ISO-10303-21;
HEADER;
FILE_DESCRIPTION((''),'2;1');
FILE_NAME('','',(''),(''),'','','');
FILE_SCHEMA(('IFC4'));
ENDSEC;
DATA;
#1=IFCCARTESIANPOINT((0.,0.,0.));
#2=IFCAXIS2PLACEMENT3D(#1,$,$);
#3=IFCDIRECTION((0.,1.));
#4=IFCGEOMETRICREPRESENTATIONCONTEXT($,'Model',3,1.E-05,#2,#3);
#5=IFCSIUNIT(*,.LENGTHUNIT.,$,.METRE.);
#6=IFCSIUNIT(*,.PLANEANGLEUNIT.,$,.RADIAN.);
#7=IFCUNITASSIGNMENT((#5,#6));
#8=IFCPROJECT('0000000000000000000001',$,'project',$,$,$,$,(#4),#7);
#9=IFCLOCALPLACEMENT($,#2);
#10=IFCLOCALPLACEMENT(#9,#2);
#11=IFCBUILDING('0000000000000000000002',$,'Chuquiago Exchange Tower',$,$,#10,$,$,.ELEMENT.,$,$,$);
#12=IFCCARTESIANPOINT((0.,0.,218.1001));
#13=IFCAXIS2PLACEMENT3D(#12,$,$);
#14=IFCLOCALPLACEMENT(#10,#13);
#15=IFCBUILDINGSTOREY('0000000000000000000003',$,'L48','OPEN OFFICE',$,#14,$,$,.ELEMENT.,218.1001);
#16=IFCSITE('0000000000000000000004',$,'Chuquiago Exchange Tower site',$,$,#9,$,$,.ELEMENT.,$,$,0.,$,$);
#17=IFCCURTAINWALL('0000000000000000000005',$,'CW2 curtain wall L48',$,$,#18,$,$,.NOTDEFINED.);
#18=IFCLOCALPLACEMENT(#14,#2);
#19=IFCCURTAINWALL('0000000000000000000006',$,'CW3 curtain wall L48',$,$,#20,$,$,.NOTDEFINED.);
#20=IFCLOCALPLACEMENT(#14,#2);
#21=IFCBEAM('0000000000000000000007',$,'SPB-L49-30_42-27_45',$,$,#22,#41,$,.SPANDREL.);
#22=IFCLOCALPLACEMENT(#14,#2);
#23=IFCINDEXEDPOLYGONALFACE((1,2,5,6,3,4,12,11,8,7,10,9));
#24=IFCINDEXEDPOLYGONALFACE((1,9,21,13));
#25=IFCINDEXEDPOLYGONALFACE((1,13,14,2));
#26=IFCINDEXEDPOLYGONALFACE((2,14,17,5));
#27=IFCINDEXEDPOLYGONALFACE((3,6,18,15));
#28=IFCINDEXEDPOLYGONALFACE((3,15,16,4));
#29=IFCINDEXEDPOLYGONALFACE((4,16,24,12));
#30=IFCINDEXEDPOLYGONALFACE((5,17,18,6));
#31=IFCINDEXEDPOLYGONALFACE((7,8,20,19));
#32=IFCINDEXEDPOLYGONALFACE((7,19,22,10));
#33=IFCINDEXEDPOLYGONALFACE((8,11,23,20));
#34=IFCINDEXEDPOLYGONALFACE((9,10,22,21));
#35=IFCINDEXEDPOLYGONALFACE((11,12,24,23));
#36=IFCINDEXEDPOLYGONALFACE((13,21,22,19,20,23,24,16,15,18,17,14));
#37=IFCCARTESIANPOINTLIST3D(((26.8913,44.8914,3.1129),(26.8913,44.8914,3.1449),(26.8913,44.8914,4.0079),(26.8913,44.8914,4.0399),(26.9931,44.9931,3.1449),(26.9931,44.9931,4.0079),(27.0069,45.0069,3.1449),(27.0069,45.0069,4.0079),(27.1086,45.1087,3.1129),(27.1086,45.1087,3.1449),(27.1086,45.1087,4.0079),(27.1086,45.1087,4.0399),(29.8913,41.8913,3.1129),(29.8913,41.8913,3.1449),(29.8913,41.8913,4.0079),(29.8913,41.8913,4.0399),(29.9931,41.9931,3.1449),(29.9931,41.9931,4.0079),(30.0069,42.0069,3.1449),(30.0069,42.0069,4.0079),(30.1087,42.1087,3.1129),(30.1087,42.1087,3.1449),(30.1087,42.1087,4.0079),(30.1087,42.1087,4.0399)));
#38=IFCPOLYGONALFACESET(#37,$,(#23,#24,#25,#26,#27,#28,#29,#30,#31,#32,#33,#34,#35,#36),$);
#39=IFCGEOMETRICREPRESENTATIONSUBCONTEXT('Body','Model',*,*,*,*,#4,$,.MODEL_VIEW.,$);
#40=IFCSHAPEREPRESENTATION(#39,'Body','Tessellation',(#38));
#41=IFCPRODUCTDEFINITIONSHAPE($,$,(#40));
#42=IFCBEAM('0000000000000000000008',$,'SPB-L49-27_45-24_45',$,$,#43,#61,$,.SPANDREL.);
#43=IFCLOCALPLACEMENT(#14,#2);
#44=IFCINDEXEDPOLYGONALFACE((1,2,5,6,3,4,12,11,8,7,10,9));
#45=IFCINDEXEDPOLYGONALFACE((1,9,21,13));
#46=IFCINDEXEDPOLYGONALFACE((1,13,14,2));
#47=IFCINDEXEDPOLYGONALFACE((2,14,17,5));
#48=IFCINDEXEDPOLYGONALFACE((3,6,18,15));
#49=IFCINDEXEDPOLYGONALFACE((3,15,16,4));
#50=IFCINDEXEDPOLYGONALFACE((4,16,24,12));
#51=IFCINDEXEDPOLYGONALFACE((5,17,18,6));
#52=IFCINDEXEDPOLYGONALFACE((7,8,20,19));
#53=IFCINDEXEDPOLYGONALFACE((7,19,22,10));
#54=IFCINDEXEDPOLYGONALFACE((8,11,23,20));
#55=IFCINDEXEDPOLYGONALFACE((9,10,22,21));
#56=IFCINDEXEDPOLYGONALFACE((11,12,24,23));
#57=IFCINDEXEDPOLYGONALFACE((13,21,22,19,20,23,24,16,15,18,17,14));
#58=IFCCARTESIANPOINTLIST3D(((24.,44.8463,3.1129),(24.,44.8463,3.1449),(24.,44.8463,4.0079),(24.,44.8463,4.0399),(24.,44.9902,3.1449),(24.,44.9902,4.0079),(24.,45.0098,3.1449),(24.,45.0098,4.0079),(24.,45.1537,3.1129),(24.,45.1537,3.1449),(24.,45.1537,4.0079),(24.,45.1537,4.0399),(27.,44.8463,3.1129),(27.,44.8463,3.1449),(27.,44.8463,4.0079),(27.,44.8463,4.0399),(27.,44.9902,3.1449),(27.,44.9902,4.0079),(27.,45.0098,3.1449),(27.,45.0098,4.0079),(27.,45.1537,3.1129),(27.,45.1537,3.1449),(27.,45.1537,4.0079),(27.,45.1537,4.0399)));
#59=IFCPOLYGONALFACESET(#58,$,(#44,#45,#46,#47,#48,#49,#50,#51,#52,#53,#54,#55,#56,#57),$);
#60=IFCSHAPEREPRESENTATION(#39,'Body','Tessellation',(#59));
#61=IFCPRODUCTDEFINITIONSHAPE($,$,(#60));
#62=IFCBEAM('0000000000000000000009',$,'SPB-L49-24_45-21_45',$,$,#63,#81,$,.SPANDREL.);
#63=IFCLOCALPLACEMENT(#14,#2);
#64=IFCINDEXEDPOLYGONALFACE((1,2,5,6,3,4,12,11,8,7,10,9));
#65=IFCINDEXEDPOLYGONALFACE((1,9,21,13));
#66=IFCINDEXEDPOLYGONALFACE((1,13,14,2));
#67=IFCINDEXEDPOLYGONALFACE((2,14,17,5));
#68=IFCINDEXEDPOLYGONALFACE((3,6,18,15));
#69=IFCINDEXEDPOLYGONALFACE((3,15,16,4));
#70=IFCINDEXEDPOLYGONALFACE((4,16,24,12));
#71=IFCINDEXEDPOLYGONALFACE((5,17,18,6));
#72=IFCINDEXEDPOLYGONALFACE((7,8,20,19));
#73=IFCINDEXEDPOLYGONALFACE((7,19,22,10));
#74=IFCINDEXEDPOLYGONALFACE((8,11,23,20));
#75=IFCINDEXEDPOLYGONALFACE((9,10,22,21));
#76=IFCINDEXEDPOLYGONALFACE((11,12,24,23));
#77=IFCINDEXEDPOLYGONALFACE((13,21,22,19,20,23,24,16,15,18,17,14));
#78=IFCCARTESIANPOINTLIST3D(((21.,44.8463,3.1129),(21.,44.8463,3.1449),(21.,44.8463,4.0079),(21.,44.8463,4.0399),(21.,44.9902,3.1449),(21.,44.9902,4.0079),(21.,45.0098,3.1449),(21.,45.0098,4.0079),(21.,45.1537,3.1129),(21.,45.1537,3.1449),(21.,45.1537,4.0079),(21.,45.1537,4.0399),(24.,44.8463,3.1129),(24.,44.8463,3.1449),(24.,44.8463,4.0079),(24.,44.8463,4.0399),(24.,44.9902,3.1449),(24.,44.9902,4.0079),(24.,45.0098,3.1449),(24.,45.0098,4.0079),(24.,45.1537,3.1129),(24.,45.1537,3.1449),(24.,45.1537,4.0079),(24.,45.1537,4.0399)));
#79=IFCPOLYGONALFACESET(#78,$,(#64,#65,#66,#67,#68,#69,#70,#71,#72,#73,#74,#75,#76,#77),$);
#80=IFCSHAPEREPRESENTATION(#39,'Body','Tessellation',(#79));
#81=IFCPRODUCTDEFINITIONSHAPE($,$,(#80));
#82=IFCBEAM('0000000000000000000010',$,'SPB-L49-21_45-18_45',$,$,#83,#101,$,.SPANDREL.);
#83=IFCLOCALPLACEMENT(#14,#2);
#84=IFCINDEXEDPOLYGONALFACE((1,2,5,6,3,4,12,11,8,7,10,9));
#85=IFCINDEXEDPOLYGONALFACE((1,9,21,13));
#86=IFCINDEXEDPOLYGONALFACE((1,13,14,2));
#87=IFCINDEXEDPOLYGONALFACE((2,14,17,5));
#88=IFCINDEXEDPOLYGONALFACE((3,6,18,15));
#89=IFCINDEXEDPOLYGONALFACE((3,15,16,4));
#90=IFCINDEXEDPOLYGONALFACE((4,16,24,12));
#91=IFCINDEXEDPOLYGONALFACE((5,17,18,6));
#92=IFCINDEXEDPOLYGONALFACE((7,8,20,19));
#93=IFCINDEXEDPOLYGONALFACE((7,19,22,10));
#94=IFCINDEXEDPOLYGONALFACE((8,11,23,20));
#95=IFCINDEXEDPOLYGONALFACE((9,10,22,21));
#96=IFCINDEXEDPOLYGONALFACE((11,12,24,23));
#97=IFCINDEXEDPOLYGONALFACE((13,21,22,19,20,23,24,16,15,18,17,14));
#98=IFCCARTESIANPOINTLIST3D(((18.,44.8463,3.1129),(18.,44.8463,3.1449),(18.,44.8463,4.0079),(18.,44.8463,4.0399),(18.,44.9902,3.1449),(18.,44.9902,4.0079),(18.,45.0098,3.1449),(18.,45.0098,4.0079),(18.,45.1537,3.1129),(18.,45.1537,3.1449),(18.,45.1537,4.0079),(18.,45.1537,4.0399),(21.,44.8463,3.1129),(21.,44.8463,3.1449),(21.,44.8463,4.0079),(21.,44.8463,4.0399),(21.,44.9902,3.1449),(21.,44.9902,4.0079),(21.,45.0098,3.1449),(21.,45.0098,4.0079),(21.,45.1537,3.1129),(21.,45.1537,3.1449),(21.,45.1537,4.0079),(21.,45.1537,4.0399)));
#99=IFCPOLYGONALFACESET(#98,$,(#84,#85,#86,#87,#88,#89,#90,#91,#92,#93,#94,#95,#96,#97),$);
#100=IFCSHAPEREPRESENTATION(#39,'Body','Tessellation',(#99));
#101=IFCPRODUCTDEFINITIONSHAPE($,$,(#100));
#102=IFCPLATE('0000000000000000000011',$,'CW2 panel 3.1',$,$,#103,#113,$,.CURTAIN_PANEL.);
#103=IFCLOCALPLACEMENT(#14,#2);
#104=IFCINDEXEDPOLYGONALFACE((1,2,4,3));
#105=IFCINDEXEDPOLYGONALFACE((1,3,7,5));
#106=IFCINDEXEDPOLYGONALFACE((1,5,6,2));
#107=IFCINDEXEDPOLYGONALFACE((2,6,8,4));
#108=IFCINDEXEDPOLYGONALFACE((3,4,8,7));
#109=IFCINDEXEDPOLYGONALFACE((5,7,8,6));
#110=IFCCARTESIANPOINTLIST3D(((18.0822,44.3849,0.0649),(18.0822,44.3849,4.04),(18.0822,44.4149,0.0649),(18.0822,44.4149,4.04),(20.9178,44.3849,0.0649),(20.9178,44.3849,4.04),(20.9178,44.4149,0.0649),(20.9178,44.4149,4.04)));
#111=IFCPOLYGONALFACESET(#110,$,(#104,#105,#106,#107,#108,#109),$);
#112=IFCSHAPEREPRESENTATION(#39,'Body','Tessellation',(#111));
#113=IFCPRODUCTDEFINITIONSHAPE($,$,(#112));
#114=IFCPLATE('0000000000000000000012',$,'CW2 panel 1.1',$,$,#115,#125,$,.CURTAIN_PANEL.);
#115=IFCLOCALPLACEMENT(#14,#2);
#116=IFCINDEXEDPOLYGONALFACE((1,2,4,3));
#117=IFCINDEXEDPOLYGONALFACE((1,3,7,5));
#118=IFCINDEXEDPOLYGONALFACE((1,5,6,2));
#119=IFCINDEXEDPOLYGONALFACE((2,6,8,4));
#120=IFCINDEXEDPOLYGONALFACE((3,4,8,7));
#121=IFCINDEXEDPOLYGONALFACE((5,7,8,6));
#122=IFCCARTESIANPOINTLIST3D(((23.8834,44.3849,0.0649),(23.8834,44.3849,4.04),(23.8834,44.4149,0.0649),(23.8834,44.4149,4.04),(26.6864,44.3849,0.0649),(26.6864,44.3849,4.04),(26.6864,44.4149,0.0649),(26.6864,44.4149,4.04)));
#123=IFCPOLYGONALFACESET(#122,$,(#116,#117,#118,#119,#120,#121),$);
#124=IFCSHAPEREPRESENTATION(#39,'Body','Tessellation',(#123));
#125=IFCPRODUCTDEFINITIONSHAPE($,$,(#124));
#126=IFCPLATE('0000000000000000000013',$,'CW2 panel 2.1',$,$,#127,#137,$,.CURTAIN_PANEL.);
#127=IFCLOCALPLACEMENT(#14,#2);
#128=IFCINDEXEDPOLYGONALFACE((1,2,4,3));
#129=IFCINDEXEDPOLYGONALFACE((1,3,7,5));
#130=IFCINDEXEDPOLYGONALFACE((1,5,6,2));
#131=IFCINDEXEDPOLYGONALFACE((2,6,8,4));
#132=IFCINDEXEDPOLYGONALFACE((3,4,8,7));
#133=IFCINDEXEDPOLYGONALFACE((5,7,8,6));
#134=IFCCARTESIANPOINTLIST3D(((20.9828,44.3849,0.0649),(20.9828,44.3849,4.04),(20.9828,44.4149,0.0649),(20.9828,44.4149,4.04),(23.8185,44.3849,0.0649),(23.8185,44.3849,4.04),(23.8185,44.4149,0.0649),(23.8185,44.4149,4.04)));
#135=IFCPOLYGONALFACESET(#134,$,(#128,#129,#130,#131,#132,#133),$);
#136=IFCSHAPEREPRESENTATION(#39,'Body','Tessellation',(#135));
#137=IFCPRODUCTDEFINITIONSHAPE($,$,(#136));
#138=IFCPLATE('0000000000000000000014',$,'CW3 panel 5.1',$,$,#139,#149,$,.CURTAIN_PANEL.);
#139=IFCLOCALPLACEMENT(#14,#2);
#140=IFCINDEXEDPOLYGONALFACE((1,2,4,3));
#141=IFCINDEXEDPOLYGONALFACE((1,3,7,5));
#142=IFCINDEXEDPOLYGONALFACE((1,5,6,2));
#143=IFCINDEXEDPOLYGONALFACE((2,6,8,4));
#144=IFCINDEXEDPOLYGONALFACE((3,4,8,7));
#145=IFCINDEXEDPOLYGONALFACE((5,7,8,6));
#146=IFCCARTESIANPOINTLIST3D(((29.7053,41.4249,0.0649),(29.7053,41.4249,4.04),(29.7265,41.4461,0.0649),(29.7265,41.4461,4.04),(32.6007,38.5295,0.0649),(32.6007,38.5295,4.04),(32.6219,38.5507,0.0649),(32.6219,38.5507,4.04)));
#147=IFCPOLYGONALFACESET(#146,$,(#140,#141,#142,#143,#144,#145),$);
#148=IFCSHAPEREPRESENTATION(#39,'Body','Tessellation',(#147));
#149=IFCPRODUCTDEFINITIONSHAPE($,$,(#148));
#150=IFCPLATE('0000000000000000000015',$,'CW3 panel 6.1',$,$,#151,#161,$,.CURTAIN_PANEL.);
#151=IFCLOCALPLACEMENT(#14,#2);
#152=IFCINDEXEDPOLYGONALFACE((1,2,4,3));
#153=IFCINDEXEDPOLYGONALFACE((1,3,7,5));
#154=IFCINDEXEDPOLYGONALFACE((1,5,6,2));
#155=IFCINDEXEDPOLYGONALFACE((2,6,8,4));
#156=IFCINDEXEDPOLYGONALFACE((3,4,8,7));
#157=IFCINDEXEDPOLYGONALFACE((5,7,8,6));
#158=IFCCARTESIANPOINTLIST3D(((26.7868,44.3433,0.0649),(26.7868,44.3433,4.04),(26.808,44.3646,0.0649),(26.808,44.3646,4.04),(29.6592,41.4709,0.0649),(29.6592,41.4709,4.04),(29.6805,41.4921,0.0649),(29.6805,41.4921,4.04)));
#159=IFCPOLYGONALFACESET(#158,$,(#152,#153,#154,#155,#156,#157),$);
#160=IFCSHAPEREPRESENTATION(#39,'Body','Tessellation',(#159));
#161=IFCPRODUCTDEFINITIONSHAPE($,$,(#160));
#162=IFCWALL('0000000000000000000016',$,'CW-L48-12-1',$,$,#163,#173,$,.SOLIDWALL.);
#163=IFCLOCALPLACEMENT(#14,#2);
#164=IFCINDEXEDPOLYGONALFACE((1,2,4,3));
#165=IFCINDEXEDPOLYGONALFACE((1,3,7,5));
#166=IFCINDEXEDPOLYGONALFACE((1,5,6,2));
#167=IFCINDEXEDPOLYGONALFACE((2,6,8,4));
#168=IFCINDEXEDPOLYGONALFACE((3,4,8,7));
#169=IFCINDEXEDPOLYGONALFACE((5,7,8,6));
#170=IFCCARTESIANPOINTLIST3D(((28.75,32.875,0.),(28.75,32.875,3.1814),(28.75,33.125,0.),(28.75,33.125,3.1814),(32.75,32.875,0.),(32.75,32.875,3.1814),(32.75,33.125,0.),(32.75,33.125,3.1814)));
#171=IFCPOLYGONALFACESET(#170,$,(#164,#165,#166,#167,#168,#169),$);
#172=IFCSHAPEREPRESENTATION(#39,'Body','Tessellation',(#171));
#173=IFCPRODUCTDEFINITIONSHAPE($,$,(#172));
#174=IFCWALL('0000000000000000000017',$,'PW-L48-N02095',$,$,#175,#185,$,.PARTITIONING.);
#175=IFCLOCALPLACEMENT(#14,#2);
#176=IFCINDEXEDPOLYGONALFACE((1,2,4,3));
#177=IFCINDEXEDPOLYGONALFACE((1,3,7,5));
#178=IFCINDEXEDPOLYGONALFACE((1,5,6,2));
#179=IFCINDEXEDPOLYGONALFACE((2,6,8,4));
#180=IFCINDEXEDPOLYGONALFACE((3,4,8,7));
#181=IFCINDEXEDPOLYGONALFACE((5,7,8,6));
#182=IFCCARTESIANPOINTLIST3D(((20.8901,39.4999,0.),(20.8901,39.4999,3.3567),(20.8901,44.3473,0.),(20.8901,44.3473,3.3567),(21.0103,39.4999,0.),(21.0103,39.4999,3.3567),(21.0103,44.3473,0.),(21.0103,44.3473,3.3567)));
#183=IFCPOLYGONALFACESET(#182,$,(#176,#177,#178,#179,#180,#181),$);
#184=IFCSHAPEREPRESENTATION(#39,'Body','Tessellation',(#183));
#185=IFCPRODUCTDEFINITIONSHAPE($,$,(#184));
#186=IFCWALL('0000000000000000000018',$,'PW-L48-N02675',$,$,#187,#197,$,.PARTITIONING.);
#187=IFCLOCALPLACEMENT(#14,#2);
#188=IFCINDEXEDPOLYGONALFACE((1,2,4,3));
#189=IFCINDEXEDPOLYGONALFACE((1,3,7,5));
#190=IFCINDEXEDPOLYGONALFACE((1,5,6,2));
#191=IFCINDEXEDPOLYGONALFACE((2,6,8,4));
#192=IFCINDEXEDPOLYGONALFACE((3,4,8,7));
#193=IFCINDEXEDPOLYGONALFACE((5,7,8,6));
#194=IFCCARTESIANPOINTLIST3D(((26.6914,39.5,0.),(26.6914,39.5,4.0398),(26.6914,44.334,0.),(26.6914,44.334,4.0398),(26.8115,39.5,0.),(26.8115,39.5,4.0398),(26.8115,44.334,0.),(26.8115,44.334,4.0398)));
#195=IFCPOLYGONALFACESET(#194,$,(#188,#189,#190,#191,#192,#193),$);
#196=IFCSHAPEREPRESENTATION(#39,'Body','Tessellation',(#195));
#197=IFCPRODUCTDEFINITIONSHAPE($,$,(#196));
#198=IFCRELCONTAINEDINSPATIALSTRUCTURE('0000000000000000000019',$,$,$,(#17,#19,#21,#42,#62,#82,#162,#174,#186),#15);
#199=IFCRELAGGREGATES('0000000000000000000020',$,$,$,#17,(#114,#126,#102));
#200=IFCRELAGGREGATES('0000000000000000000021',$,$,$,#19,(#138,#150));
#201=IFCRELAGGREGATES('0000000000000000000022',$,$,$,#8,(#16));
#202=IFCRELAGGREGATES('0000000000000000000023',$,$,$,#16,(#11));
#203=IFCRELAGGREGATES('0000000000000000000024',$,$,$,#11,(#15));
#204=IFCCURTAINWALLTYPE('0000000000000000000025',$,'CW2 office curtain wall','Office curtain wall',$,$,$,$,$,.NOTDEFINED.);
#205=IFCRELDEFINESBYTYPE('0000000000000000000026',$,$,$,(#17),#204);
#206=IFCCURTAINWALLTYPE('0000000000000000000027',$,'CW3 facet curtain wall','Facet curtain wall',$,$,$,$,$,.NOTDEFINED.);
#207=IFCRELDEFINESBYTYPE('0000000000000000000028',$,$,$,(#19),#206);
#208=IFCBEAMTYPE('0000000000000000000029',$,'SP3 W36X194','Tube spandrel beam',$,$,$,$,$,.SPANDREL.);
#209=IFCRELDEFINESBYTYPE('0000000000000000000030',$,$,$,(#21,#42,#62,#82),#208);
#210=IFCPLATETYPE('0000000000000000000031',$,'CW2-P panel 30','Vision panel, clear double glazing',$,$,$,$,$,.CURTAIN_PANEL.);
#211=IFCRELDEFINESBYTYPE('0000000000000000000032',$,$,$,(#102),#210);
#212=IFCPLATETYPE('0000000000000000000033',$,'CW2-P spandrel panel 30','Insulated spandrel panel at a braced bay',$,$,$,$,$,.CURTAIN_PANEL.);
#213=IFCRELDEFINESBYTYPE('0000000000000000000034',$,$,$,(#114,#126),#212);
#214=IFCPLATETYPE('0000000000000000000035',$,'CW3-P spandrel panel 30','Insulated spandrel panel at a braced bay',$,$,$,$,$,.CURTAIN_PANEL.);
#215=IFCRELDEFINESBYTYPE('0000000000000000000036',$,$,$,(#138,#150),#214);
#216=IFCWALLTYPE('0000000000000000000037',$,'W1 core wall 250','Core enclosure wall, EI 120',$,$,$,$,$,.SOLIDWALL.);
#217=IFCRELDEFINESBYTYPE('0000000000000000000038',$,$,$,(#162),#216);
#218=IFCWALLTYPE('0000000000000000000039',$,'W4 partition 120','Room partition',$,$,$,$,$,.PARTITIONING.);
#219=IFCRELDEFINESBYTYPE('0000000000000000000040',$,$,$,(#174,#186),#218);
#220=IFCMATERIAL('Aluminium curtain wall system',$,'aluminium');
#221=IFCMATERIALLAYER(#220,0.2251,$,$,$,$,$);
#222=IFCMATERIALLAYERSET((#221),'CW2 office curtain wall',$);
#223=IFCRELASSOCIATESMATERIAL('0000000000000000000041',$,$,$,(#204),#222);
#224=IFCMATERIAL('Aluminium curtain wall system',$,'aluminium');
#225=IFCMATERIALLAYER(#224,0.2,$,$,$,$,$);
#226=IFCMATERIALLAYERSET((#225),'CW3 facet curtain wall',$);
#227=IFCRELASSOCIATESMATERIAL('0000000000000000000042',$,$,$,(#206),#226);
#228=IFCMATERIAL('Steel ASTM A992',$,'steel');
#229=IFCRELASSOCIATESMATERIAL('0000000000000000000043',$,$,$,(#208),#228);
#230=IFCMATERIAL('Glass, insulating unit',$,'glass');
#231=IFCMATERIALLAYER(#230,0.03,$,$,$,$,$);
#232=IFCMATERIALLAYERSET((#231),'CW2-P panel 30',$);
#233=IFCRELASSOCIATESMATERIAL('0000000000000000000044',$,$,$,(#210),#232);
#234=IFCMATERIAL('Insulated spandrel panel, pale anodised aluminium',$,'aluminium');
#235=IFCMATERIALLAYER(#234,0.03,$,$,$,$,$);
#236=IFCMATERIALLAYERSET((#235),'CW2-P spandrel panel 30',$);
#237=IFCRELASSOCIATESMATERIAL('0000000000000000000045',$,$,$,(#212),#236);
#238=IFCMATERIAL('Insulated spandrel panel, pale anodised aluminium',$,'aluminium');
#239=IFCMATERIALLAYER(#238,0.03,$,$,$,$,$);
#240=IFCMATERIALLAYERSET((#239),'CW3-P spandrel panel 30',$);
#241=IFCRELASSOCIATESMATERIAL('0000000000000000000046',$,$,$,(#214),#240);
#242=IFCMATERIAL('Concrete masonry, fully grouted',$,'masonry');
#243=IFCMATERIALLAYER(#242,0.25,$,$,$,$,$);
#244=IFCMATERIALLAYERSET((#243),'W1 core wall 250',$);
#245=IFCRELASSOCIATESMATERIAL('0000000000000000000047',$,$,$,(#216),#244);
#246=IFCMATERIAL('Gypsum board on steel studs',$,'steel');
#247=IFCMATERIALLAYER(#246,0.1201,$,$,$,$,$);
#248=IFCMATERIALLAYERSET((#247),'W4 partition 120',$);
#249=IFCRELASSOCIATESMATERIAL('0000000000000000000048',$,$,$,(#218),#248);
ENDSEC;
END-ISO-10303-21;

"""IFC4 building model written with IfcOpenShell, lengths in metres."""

from ifc_helpers import new_model, si_unit, direction, frame, frame_2d, origin, origin_2d, place, context, subcontext, project, spatial, rectangle, i_section, extrude, material, layer, layer_set, material_profile, profile_set, type_object, element, aggregate, save


model = new_model("IFC4")

# Units and contexts
model_context = context("Model", 3, precision=1e-05, world=origin(), true_north=direction((0.0, 1.0)))
body_context = subcontext(model_context, "Body", "Model", "MODEL_VIEW")
ifc_project = project(units=[si_unit("LENGTHUNIT", "METRE"), si_unit("PLANEANGLEUNIT", "RADIAN")], contexts=[model_context])

# Site, building, storey
site_placement = place(None, origin())
site = spatial("IfcSite", under=ifc_project, at=site_placement, Name="Chuquiago Exchange Tower site", CompositionType="ELEMENT", RefElevation=0.0)
building_placement = place(site_placement, origin())
building = spatial("IfcBuilding", under=site, at=building_placement, Name="Chuquiago Exchange Tower", CompositionType="ELEMENT")
storey_placement = place(building_placement, frame((0.0, 0.0, 218.1001)))
storey = spatial("IfcBuildingStorey", under=building, at=storey_placement, Name="L48", Description="OPEN OFFICE", CompositionType="ELEMENT", Elevation=218.1001)

# Curtain walls
ifc_material_1 = material(Name="Aluminium curtain wall system", Category="aluminium")
ifc_layer_1 = layer(ifc_material_1, 0.2251)
ifc_layer_set_1 = layer_set([ifc_layer_1], Name="CW2 office curtain wall")
curtain_wall_type_1 = type_object("IfcCurtainWallType", Name="CW2 office curtain wall", Description="Office curtain wall", PredefinedType="NOTDEFINED", material=ifc_layer_set_1)
curtain_wall_1_placement = place(storey_placement, origin())
curtain_wall_1 = element("IfcCurtainWall", 1, at=curtain_wall_1_placement, inside=storey, type_object=curtain_wall_type_1, Name="CW2 curtain wall L48", PredefinedType="NOTDEFINED")
ifc_material_2 = material(Name="Aluminium curtain wall system", Category="aluminium")
ifc_layer_2 = layer(ifc_material_2, 0.2)
ifc_layer_set_2 = layer_set([ifc_layer_2], Name="CW3 facet curtain wall")
curtain_wall_type_2 = type_object("IfcCurtainWallType", Name="CW3 facet curtain wall", Description="Facet curtain wall", PredefinedType="NOTDEFINED", material=ifc_layer_set_2)
curtain_wall_2_placement = place(storey_placement, origin())
curtain_wall_2 = element("IfcCurtainWall", 2, at=curtain_wall_2_placement, inside=storey, type_object=curtain_wall_type_2, Name="CW3 curtain wall L48", PredefinedType="NOTDEFINED")

# Beams
ifc_material_3 = material(Name="Steel ASTM A992", Category="steel")
ifc_material_profile_1 = material_profile(ifc_material_3, i_section(OverallWidth=0.3074, OverallDepth=0.927, WebThickness=0.0195, FlangeThickness=0.032, at=origin_2d()), Name="W36X194")
ifc_profile_set_1 = profile_set([ifc_material_profile_1], Name="Steel ASTM A992")
beam_type_1 = type_object("IfcBeamType", Name="SP3 W36X194", Description="Tube spandrel beam", PredefinedType="SPANDREL", material=ifc_profile_set_1)
beam_1_placement = place(storey_placement, frame((30.0, 42.0, 3.5764), z_axis=(-0.707107, 0.707107, 0.0), x_axis=(-0.707107, -0.707107, 0.0)))
element("IfcBeam", 3, at=beam_1_placement, inside=storey, type_object=beam_type_1, Name="SPB-L49-30_42-27_45", PredefinedType="SPANDREL", context=body_context, shape_type="SweptSolid", body=[
    extrude(i_section(OverallWidth=0.3074, OverallDepth=0.927, WebThickness=0.0195, FlangeThickness=0.032, at=origin_2d()), origin(), (0.0, 0.0, 1.0), 4.2427),
])
for number, where, z_axis, x_axis, name in (
    (4, (27.0, 45.0, 3.5764), (-1.0, 0.0, 0.0), (0.0, -1.0, 0.0), "SPB-L49-27_45-24_45"),
    (5, (24.0, 45.0, 3.5764), (-1.0, 0.0, 0.0), (0.0, -1.0, 0.0), "SPB-L49-24_45-21_45"),
    (6, (21.0, 45.0, 3.5764), (-1.0, 0.0, 0.0), (0.0, -1.0, 0.0), "SPB-L49-21_45-18_45"),
):
    element("IfcBeam", number, at=place(storey_placement, frame(where, z_axis=z_axis, x_axis=x_axis)), inside=storey, type_object=beam_type_1, Name=name, PredefinedType="SPANDREL", context=body_context, shape_type="SweptSolid", body=[
        extrude(i_section(OverallWidth=0.3074, OverallDepth=0.927, WebThickness=0.0195, FlangeThickness=0.032, at=origin_2d()), origin(), (0.0, 0.0, 1.0), 3.0),
    ])

# Plates
ifc_material_4 = material(Name="Glass, insulating unit", Category="glass")
ifc_layer_3 = layer(ifc_material_4, 0.03)
ifc_layer_set_3 = layer_set([ifc_layer_3], Name="CW2-P panel 30")
plate_type_1 = type_object("IfcPlateType", Name="CW2-P panel 30", Description="Vision panel, clear double glazing", PredefinedType="CURTAIN_PANEL", material=ifc_layer_set_3)
plate_1_placement = place(storey_placement, frame((19.5, 44.3999, 0.0649), z_axis=(0.0, 0.0, 1.0), x_axis=(-1.0, 0.0, 0.0)))
plate_1 = element("IfcPlate", 7, at=plate_1_placement, type_object=plate_type_1, Name="CW2 panel 3.1", PredefinedType="CURTAIN_PANEL", context=body_context, shape_type="SweptSolid", body=[
    extrude(rectangle(XDim=2.8357, YDim=0.03, at=origin_2d()), origin(), (0.0, 0.0, 1.0), 3.9751),
])
ifc_material_5 = material(Name="Insulated spandrel panel, pale anodised aluminium", Category="aluminium")
ifc_layer_4 = layer(ifc_material_5, 0.03)
ifc_layer_set_4 = layer_set([ifc_layer_4], Name="CW2-P spandrel panel 30")
plate_type_2 = type_object("IfcPlateType", Name="CW2-P spandrel panel 30", Description="Insulated spandrel panel at a braced bay", PredefinedType="CURTAIN_PANEL", material=ifc_layer_set_4)
plate_2_placement = place(storey_placement, frame((25.2849, 44.3999, 0.0649), z_axis=(0.0, 0.0, 1.0), x_axis=(-1.0, 0.0, 0.0)))
plate_2 = element("IfcPlate", 8, at=plate_2_placement, type_object=plate_type_2, Name="CW2 panel 1.1", PredefinedType="CURTAIN_PANEL", context=body_context, shape_type="SweptSolid", body=[
    extrude(rectangle(XDim=2.803, YDim=0.03, at=origin_2d()), origin(), (0.0, 0.0, 1.0), 3.9751),
])
plate_3_placement = place(storey_placement, frame((22.4006, 44.3999, 0.0649), z_axis=(0.0, 0.0, 1.0), x_axis=(-1.0, 0.0, 0.0)))
plate_3 = element("IfcPlate", 9, at=plate_3_placement, type_object=plate_type_2, Name="CW2 panel 2.1", PredefinedType="CURTAIN_PANEL", context=body_context, shape_type="SweptSolid", body=[
    extrude(rectangle(XDim=2.8357, YDim=0.03, at=origin_2d()), origin(), (0.0, 0.0, 1.0), 3.9751),
])
aggregate(curtain_wall_1, [plate_2, plate_3, plate_1])
ifc_material_6 = material(Name="Insulated spandrel panel, pale anodised aluminium", Category="aluminium")
ifc_layer_5 = layer(ifc_material_6, 0.03)
ifc_layer_set_5 = layer_set([ifc_layer_5], Name="CW3-P spandrel panel 30")
plate_type_3 = type_object("IfcPlateType", Name="CW3-P spandrel panel 30", Description="Insulated spandrel panel at a braced bay", PredefinedType="CURTAIN_PANEL", material=ifc_layer_set_5)
plate_4_placement = place(storey_placement, frame((31.1636, 39.9878, 0.0649), z_axis=(0.0, 0.0, 1.0), x_axis=(-0.707107, 0.707107, 0.0)))
plate_4 = element("IfcPlate", 10, at=plate_4_placement, type_object=plate_type_3, Name="CW3 panel 5.1", PredefinedType="CURTAIN_PANEL", context=body_context, shape_type="SweptSolid", body=[
    extrude(rectangle(XDim=4.0947, YDim=0.03, at=origin_2d()), origin(), (0.0, 0.0, 1.0), 3.9751),
])
plate_5_placement = place(storey_placement, frame((28.2336, 42.9177, 0.0649), z_axis=(0.0, 0.0, 1.0), x_axis=(-0.707107, 0.707107, 0.0)))
plate_5 = element("IfcPlate", 11, at=plate_5_placement, type_object=plate_type_3, Name="CW3 panel 6.1", PredefinedType="CURTAIN_PANEL", context=body_context, shape_type="SweptSolid", body=[
    extrude(rectangle(XDim=4.0623, YDim=0.03, at=origin_2d()), origin(), (0.0, 0.0, 1.0), 3.9751),
])
aggregate(curtain_wall_2, [plate_4, plate_5])

# Walls
ifc_material_7 = material(Name="Concrete masonry, fully grouted", Category="masonry")
ifc_layer_6 = layer(ifc_material_7, 0.25)
ifc_layer_set_6 = layer_set([ifc_layer_6], Name="W1 core wall 250")
wall_type_1 = type_object("IfcWallType", Name="W1 core wall 250", Description="Core enclosure wall, EI 120", PredefinedType="SOLIDWALL", material=ifc_layer_set_6)
wall_1_placement = place(storey_placement, frame((28.75, 33.0, 0.0), z_axis=(0.0, 0.0, 1.0), x_axis=(1.0, 0.0, 0.0)))
element("IfcWall", 12, at=wall_1_placement, inside=storey, type_object=wall_type_1, Name="CW-L48-12-1", PredefinedType="SOLIDWALL", context=body_context, shape_type="SweptSolid", body=[
    extrude(rectangle(XDim=4.0, YDim=0.25, at=frame_2d((2.0, 0.0))), origin(), (0.0, 0.0, 1.0), 3.1814),
])
ifc_material_8 = material(Name="Gypsum board on steel studs", Category="steel")
ifc_layer_7 = layer(ifc_material_8, 0.1201)
ifc_layer_set_7 = layer_set([ifc_layer_7], Name="W4 partition 120")
wall_type_2 = type_object("IfcWallType", Name="W4 partition 120", Description="Room partition", PredefinedType="PARTITIONING", material=ifc_layer_set_7)
wall_2_placement = place(storey_placement, frame((20.9502, 44.3474, 0.0), z_axis=(0.0, 0.0, 1.0), x_axis=(0.0, -1.0, 0.0)))
element("IfcWall", 13, at=wall_2_placement, inside=storey, type_object=wall_type_2, Name="PW-L48-N02095", PredefinedType="PARTITIONING", context=body_context, shape_type="SweptSolid", body=[
    extrude(rectangle(XDim=4.8474, YDim=0.1201, at=frame_2d((2.4238, 0.0))), origin(), (0.0, 0.0, 1.0), 3.3567),
])
wall_3_placement = place(storey_placement, frame((26.7515, 44.334, 0.0), z_axis=(0.0, 0.0, 1.0), x_axis=(0.0, -1.0, 0.0)))
element("IfcWall", 14, at=wall_3_placement, inside=storey, type_object=wall_type_2, Name="PW-L48-N02675", PredefinedType="PARTITIONING", context=body_context, shape_type="SweptSolid", body=[
    extrude(rectangle(XDim=4.834, YDim=0.1201, at=frame_2d((2.417, 0.0))), origin(), (0.0, 0.0, 1.0), 4.0398),
])

save(model, "model.ifc")
